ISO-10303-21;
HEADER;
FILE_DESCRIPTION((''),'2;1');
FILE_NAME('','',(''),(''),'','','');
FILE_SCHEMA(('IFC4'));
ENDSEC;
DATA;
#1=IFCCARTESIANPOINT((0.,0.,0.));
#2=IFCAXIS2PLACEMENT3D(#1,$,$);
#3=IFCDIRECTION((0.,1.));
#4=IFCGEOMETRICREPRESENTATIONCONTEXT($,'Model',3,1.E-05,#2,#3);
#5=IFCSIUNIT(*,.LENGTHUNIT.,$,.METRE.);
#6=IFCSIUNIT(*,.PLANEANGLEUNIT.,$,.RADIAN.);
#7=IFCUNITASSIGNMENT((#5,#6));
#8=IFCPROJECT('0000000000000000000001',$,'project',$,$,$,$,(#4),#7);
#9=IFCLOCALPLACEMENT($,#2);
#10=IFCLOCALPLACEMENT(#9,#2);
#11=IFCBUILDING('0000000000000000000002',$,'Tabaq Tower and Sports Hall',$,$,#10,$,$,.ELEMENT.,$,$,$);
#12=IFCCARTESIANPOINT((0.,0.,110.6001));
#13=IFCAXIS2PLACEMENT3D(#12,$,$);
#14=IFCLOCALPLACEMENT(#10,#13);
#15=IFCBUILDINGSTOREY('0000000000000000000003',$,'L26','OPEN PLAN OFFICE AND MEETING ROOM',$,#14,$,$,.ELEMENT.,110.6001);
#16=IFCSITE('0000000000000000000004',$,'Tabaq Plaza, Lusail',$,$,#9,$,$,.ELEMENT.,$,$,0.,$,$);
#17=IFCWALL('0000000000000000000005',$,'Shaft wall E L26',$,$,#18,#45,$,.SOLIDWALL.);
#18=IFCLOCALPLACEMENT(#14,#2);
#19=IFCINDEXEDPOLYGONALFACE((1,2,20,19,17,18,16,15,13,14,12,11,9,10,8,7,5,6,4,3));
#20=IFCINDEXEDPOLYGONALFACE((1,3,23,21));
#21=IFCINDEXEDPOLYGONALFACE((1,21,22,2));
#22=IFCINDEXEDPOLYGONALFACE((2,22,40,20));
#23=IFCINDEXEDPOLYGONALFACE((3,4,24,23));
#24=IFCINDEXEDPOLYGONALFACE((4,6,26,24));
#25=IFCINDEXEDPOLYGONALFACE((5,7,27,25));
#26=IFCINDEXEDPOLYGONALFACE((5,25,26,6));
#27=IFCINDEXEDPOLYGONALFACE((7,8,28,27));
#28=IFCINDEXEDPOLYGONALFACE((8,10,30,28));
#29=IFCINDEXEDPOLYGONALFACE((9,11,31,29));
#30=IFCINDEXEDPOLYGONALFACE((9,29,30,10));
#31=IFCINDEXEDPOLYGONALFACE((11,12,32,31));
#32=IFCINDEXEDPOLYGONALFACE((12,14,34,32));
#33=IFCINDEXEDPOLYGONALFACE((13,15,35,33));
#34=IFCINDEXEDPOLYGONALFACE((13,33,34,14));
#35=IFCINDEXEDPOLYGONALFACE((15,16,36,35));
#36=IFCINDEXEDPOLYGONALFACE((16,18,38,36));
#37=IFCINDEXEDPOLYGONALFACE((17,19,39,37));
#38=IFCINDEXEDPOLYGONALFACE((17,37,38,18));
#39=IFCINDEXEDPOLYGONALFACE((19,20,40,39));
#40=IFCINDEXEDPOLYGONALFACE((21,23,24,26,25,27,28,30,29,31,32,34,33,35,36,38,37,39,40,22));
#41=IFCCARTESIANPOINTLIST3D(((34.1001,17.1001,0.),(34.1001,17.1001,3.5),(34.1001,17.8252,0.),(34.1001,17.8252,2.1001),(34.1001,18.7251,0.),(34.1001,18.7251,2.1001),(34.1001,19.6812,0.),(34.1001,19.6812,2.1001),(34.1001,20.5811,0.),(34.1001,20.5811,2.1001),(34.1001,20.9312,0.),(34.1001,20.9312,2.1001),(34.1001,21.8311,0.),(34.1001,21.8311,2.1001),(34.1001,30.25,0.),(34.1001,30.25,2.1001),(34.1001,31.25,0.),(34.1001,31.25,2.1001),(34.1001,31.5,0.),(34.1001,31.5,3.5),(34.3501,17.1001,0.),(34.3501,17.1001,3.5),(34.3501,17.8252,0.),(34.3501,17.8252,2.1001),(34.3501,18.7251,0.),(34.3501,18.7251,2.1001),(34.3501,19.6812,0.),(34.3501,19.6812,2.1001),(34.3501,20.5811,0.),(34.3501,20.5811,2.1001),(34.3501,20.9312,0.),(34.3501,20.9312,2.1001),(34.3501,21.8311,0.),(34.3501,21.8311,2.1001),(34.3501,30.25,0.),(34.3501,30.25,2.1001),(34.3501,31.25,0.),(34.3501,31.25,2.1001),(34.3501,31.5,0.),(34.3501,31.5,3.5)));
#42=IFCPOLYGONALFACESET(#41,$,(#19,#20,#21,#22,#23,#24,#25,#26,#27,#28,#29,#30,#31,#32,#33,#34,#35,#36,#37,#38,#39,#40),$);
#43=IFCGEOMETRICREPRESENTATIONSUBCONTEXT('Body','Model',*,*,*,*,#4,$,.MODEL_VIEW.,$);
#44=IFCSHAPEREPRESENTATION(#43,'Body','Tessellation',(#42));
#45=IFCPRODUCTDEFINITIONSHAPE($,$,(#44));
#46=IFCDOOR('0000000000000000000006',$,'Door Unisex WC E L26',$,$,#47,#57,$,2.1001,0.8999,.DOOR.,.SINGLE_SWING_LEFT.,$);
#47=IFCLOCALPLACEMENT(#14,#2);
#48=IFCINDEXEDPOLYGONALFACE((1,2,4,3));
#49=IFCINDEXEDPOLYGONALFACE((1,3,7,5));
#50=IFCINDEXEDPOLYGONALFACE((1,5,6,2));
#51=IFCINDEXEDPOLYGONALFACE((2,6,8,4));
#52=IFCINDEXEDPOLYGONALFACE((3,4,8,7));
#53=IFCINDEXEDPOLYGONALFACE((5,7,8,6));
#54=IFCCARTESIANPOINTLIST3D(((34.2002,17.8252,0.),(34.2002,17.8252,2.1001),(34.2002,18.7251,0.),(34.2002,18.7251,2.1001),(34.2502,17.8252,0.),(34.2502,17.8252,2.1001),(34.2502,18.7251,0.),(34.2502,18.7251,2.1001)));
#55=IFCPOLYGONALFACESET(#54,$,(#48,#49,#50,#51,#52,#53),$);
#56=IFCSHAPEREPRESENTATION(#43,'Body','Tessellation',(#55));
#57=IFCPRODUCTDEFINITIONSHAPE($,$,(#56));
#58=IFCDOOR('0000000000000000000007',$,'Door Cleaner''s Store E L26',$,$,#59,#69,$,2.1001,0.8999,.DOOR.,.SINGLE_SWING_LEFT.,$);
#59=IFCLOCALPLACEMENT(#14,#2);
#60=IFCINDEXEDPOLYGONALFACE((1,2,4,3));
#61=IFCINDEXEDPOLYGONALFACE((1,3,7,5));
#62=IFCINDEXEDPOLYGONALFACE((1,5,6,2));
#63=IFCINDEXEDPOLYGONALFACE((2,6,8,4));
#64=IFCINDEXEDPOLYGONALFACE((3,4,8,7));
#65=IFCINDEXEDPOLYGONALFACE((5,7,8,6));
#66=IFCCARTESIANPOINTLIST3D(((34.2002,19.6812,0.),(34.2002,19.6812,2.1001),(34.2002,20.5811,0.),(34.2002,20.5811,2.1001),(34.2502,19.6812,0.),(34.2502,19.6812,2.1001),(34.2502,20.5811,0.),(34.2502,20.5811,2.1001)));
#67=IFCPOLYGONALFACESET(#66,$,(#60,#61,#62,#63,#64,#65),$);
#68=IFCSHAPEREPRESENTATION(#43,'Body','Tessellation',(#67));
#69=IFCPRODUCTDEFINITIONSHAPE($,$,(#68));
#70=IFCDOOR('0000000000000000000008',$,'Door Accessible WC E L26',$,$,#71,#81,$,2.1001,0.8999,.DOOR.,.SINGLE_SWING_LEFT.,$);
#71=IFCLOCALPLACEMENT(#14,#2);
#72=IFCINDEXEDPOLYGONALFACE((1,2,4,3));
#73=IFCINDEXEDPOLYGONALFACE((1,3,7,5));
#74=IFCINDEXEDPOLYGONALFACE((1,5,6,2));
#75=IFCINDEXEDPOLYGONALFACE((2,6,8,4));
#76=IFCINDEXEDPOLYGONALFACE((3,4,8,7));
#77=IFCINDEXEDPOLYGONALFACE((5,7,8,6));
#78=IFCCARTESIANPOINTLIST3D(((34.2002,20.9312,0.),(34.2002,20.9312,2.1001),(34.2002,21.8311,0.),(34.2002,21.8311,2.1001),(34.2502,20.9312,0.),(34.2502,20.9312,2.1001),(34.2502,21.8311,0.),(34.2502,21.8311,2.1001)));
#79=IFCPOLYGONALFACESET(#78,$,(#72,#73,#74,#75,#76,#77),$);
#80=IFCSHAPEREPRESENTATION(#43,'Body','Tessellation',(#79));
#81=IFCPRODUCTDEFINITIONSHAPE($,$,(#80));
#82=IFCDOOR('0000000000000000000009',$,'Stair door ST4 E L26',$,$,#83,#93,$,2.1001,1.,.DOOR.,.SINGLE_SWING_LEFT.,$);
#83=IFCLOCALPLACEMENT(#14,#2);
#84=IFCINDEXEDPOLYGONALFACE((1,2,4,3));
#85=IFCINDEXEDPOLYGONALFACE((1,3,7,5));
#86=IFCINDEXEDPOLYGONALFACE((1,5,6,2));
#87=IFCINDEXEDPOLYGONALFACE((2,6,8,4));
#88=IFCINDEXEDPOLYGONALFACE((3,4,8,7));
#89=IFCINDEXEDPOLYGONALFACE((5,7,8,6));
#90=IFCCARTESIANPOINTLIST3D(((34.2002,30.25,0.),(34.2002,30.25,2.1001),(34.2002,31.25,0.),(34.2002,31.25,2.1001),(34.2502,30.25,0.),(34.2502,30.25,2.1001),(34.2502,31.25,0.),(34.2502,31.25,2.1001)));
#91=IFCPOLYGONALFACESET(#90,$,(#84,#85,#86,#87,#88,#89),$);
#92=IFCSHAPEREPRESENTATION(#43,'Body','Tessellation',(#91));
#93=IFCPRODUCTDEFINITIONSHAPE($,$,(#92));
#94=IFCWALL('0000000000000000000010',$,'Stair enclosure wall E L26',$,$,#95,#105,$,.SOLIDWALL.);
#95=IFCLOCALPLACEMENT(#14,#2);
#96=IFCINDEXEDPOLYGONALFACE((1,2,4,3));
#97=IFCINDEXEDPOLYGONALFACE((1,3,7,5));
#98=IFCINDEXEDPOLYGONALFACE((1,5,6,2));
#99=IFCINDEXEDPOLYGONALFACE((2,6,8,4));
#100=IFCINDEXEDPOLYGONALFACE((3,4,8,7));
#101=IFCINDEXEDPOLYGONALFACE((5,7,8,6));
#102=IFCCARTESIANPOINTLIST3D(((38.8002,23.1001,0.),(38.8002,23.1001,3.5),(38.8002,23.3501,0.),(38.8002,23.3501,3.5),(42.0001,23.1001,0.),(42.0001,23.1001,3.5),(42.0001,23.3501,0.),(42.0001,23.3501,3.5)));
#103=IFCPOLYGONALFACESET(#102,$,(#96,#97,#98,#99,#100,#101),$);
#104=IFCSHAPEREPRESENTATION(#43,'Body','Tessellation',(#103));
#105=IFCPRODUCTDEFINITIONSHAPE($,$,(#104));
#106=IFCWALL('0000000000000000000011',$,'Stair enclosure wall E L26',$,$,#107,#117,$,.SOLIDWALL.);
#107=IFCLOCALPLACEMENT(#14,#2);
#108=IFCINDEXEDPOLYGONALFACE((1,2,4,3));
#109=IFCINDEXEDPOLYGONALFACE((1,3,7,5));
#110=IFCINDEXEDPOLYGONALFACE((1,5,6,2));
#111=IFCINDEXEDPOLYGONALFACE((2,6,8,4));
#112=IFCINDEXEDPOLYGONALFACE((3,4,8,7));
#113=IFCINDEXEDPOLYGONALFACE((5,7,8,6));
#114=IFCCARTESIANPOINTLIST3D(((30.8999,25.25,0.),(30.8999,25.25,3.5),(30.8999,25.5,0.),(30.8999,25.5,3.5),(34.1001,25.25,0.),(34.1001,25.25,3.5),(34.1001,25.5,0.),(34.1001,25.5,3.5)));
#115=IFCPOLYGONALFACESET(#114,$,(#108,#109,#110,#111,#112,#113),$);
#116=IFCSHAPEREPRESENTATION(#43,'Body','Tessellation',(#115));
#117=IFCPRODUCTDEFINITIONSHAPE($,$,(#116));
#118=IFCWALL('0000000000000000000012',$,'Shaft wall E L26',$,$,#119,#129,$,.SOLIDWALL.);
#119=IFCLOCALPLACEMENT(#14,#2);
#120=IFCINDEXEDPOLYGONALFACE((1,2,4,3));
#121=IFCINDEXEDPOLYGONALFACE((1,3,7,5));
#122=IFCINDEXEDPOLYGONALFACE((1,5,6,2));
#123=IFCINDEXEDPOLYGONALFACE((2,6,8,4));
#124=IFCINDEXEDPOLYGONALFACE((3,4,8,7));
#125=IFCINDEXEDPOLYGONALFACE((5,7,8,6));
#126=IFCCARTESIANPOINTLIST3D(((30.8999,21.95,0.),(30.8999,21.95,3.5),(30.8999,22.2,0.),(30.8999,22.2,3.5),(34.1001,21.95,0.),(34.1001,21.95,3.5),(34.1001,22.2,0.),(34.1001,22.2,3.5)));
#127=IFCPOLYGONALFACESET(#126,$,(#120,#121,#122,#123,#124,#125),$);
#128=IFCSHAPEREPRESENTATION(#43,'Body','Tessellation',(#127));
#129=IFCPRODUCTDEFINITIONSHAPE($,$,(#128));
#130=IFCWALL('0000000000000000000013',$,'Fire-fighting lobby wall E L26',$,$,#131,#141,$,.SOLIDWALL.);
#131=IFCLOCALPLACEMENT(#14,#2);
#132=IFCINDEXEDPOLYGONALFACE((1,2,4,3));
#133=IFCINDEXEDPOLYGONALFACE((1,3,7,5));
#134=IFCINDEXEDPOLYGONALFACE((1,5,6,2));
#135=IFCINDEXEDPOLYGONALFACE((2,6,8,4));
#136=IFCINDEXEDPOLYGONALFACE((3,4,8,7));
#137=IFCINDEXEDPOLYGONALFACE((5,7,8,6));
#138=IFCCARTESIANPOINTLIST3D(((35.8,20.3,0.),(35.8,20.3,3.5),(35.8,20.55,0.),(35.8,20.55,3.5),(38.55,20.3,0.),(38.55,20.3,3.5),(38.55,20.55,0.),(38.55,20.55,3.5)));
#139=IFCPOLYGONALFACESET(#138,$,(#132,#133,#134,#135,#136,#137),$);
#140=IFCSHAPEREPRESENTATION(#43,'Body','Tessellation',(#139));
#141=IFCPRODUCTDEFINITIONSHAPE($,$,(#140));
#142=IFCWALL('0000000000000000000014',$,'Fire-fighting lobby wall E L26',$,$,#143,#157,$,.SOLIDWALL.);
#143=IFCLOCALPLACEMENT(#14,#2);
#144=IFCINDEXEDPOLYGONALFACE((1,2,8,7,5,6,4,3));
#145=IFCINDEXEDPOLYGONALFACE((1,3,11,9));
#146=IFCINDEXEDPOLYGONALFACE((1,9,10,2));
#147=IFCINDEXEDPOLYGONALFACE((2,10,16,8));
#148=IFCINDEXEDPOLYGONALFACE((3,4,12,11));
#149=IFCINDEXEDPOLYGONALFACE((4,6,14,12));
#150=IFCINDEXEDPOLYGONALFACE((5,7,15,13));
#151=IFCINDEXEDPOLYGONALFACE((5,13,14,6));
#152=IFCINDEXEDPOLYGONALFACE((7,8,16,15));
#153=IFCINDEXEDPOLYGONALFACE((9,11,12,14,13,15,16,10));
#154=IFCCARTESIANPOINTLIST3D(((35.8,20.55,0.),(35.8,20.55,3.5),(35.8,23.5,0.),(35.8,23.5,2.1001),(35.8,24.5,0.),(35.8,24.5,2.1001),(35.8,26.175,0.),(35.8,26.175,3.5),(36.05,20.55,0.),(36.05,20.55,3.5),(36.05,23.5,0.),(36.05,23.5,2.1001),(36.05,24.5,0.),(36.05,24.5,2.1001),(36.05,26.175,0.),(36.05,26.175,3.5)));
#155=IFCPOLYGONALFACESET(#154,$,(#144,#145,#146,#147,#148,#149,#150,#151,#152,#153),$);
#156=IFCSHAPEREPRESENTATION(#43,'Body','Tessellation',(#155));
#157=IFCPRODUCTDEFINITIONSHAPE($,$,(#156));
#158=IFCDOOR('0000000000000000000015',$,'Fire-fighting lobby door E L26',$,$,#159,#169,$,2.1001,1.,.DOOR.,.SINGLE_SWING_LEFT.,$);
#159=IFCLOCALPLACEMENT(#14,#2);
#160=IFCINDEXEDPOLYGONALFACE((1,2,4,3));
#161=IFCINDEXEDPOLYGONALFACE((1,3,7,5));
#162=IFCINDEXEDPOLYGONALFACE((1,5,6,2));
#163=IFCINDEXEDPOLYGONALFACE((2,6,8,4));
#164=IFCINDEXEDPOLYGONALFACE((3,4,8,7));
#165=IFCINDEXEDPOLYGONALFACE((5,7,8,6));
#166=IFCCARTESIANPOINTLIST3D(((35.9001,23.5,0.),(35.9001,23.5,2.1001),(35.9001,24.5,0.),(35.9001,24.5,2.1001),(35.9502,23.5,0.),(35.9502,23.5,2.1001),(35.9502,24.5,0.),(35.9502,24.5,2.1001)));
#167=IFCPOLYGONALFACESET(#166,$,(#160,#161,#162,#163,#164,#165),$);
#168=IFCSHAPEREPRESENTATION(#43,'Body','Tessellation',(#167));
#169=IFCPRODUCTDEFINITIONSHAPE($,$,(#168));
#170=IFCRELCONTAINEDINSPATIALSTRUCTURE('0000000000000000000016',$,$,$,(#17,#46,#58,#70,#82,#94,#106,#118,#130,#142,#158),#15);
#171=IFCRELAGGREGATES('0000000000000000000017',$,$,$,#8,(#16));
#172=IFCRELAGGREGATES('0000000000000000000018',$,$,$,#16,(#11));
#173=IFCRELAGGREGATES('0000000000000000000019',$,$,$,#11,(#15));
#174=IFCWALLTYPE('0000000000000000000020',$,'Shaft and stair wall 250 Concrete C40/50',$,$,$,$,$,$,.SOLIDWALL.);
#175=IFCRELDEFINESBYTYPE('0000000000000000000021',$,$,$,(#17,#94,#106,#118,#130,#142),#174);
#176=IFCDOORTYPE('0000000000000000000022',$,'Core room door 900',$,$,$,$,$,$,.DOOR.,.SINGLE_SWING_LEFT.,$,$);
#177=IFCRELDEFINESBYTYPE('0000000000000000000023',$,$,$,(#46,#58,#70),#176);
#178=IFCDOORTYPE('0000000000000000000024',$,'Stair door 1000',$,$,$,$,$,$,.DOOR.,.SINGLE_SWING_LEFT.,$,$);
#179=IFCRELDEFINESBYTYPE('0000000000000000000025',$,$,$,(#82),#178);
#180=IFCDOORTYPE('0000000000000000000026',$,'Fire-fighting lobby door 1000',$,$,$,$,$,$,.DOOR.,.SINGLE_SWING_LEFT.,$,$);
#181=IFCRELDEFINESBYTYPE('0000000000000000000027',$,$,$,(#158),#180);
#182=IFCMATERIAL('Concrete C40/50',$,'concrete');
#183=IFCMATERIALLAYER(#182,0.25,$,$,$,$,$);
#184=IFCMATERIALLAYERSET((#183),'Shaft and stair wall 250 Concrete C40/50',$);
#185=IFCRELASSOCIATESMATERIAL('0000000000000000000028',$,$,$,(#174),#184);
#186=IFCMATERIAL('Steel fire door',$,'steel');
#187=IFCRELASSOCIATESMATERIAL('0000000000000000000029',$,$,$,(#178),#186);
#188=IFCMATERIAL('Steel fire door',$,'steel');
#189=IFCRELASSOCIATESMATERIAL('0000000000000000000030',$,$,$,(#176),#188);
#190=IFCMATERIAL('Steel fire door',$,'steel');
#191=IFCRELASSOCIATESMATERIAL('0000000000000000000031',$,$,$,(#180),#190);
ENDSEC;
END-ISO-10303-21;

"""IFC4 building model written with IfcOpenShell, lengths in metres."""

from ifc_helpers import new_model, si_unit, direction, frame, frame_2d, origin, place, context, subcontext, project, spatial, rectangle, extrude, material, layer, layer_set, type_object, element, fill, save


model = new_model("IFC4")

# Units and contexts
model_context = context("Model", 3, precision=1e-05, world=origin(), true_north=direction((0.0, 1.0)))
body_context = subcontext(model_context, "Body", "Model", "MODEL_VIEW")
ifc_project = project(units=[si_unit("LENGTHUNIT", "METRE"), si_unit("PLANEANGLEUNIT", "RADIAN")], contexts=[model_context])

# Site, building, storey
site_placement = place(None, origin())
site = spatial("IfcSite", under=ifc_project, at=site_placement, Name="Tabaq Plaza, Lusail", CompositionType="ELEMENT", RefElevation=0.0)
building_placement = place(site_placement, origin())
building = spatial("IfcBuilding", under=site, at=building_placement, Name="Tabaq Tower and Sports Hall", CompositionType="ELEMENT")
storey_placement = place(building_placement, frame((0.0, 0.0, 110.6001)))
storey = spatial("IfcBuildingStorey", under=building, at=storey_placement, Name="L26", Description="OPEN PLAN OFFICE AND MEETING ROOM", CompositionType="ELEMENT", Elevation=110.6001)

# Wall, openings, doors
ifc_material_1 = material(Name="Concrete C40/50", Category="concrete")
ifc_layer_1 = layer(ifc_material_1, 0.25)
ifc_layer_set_1 = layer_set([ifc_layer_1], Name="Shaft and stair wall 250 Concrete C40/50")
wall_type_1 = type_object("IfcWallType", Name="Shaft and stair wall 250 Concrete C40/50", PredefinedType="SOLIDWALL", material=ifc_layer_set_1)
ifc_material_2 = material(Name="Steel fire door", Category="steel")
door_type_1 = type_object("IfcDoorType", Name="Stair door 1000", OperationType="SINGLE_SWING_LEFT", PredefinedType="DOOR", material=ifc_material_2)
wall_1_placement = place(storey_placement, frame((34.2251, 17.1001, 0.0), z_axis=(0.0, 0.0, 1.0), x_axis=(0.0, 1.0, 0.0)))
wall_1 = element("IfcWall", 1, at=wall_1_placement, inside=storey, type_object=wall_type_1, Name="Shaft wall E L26", PredefinedType="SOLIDWALL", context=body_context, shape_type="SweptSolid", body=[
    extrude(rectangle(XDim=14.3999, YDim=0.25, at=frame_2d((7.2, 0.0))), origin(), (0.0, 0.0, 1.0), 3.5),
])
opening_1_placement = place(wall_1_placement, frame((13.1499, 0.0, 0.0)))
opening_1 = element("IfcOpeningElement", 2, at=opening_1_placement, cuts=wall_1, PredefinedType="OPENING", context=body_context, shape_type="SweptSolid", body=[
    extrude(rectangle(XDim=1.0, YDim=2.1001, at=frame_2d((0.5, 1.05))), frame((0.0, 0.125, 0.0), z_axis=(0.0, -1.0, 0.0), x_axis=(1.0, 0.0, 0.0)), (0.0, 0.0, 1.0), 0.25),
])
opening_2_placement = place(wall_1_placement, frame((0.7251, 0.0, 0.0)))
opening_2 = element("IfcOpeningElement", 3, at=opening_2_placement, cuts=wall_1, PredefinedType="OPENING", context=body_context, shape_type="SweptSolid", body=[
    extrude(rectangle(XDim=0.8999, YDim=2.1001, at=frame_2d((0.45, 1.05))), frame((0.0, 0.125, 0.0), z_axis=(0.0, -1.0, 0.0), x_axis=(1.0, 0.0, 0.0)), (0.0, 0.0, 1.0), 0.25),
])
opening_3_placement = place(wall_1_placement, frame((2.5811, 0.0, 0.0)))
opening_3 = element("IfcOpeningElement", 4, at=opening_3_placement, cuts=wall_1, PredefinedType="OPENING", context=body_context, shape_type="SweptSolid", body=[
    extrude(rectangle(XDim=0.8999, YDim=2.1001, at=frame_2d((0.45, 1.05))), frame((0.0, 0.125, 0.0), z_axis=(0.0, -1.0, 0.0), x_axis=(1.0, 0.0, 0.0)), (0.0, 0.0, 1.0), 0.25),
])
opening_4_placement = place(wall_1_placement, frame((3.8311, 0.0, 0.0)))
opening_4 = element("IfcOpeningElement", 5, at=opening_4_placement, cuts=wall_1, PredefinedType="OPENING", context=body_context, shape_type="SweptSolid", body=[
    extrude(rectangle(XDim=0.8999, YDim=2.1001, at=frame_2d((0.45, 1.05))), frame((0.0, 0.125, 0.0), z_axis=(0.0, -1.0, 0.0), x_axis=(1.0, 0.0, 0.0)), (0.0, 0.0, 1.0), 0.25),
])
ifc_material_3 = material(Name="Steel fire door", Category="steel")
door_type_2 = type_object("IfcDoorType", Name="Core room door 900", OperationType="SINGLE_SWING_LEFT", PredefinedType="DOOR", material=ifc_material_3)
door_1_placement = place(opening_2_placement, origin())
door_1 = element("IfcDoor", 6, at=door_1_placement, inside=storey, type_object=door_type_2, Name="Door Unisex WC E L26", OperationType="SINGLE_SWING_LEFT", OverallHeight=2.1001, OverallWidth=0.8999, PredefinedType="DOOR", context=body_context, shape_type="SweptSolid", body=[
    extrude(rectangle(XDim=0.8999, YDim=2.1001, at=frame_2d((0.45, 1.05))), frame((0.0, 0.0249, 0.0), z_axis=(0.0, -1.0, 0.0), x_axis=(1.0, 0.0, 0.0)), (0.0, 0.0, 1.0), 0.05),
])
fill(opening_2, door_1)
door_2_placement = place(opening_3_placement, origin())
door_2 = element("IfcDoor", 7, at=door_2_placement, inside=storey, type_object=door_type_2, Name="Door Cleaner's Store E L26", OperationType="SINGLE_SWING_LEFT", OverallHeight=2.1001, OverallWidth=0.8999, PredefinedType="DOOR", context=body_context, shape_type="SweptSolid", body=[
    extrude(rectangle(XDim=0.8999, YDim=2.1001, at=frame_2d((0.45, 1.05))), frame((0.0, 0.0249, 0.0), z_axis=(0.0, -1.0, 0.0), x_axis=(1.0, 0.0, 0.0)), (0.0, 0.0, 1.0), 0.05),
])
fill(opening_3, door_2)
door_3_placement = place(opening_4_placement, origin())
door_3 = element("IfcDoor", 8, at=door_3_placement, inside=storey, type_object=door_type_2, Name="Door Accessible WC E L26", OperationType="SINGLE_SWING_LEFT", OverallHeight=2.1001, OverallWidth=0.8999, PredefinedType="DOOR", context=body_context, shape_type="SweptSolid", body=[
    extrude(rectangle(XDim=0.8999, YDim=2.1001, at=frame_2d((0.45, 1.05))), frame((0.0, 0.0249, 0.0), z_axis=(0.0, -1.0, 0.0), x_axis=(1.0, 0.0, 0.0)), (0.0, 0.0, 1.0), 0.05),
])
fill(opening_4, door_3)
door_4_placement = place(opening_1_placement, origin())
door_4 = element("IfcDoor", 9, at=door_4_placement, inside=storey, type_object=door_type_1, Name="Stair door ST4 E L26", OperationType="SINGLE_SWING_LEFT", OverallHeight=2.1001, OverallWidth=1.0, PredefinedType="DOOR", context=body_context, shape_type="SweptSolid", body=[
    extrude(rectangle(XDim=1.0, YDim=2.1001, at=frame_2d((0.5, 1.05))), frame((0.0, 0.0249, 0.0), z_axis=(0.0, -1.0, 0.0), x_axis=(1.0, 0.0, 0.0)), (0.0, 0.0, 1.0), 0.05),
])
fill(opening_1, door_4)

# Walls
wall_2_placement = place(storey_placement, frame((38.8, 23.2251, 0.0), z_axis=(0.0, 0.0, 1.0), x_axis=(1.0, 0.0, 0.0)))
element("IfcWall", 10, at=wall_2_placement, inside=storey, type_object=wall_type_1, Name="Stair enclosure wall E L26", PredefinedType="SOLIDWALL", context=body_context, shape_type="SweptSolid", body=[
    extrude(rectangle(XDim=3.2, YDim=0.25, at=frame_2d((1.6001, 0.0))), origin(), (0.0, 0.0, 1.0), 3.5),
])
for number, where, z_axis, x_axis, name in (
    (11, (30.8999, 25.375, 0.0), (0.0, 0.0, 1.0), (1.0, 0.0, 0.0), "Stair enclosure wall E L26"),
    (12, (30.8999, 22.075, 0.0), (0.0, 0.0, 1.0), (1.0, 0.0, 0.0), "Shaft wall E L26"),
):
    element("IfcWall", number, at=place(storey_placement, frame(where, z_axis=z_axis, x_axis=x_axis)), inside=storey, type_object=wall_type_1, Name=name, PredefinedType="SOLIDWALL", context=body_context, shape_type="SweptSolid", body=[
        extrude(rectangle(XDim=3.2002, YDim=0.25, at=frame_2d((1.6001, 0.0))), origin(), (0.0, 0.0, 1.0), 3.5),
    ])
wall_3_placement = place(storey_placement, frame((35.8, 20.425, 0.0), z_axis=(0.0, 0.0, 1.0), x_axis=(1.0, 0.0, 0.0)))
element("IfcWall", 13, at=wall_3_placement, inside=storey, type_object=wall_type_1, Name="Fire-fighting lobby wall E L26", PredefinedType="SOLIDWALL", context=body_context, shape_type="SweptSolid", body=[
    extrude(rectangle(XDim=2.75, YDim=0.25, at=frame_2d((1.375, 0.0))), origin(), (0.0, 0.0, 1.0), 3.5),
])

# Wall, opening, door
wall_4_placement = place(storey_placement, frame((35.925, 20.55, 0.0), z_axis=(0.0, 0.0, 1.0), x_axis=(0.0, 1.0, 0.0)))
wall_4 = element("IfcWall", 14, at=wall_4_placement, inside=storey, type_object=wall_type_1, Name="Fire-fighting lobby wall E L26", PredefinedType="SOLIDWALL", context=body_context, shape_type="SweptSolid", body=[
    extrude(rectangle(XDim=5.625, YDim=0.25, at=frame_2d((2.8125, 0.0))), origin(), (0.0, 0.0, 1.0), 3.5),
])
opening_5_placement = place(wall_4_placement, frame((2.95, 0.0, 0.0)))
opening_5 = element("IfcOpeningElement", 15, at=opening_5_placement, cuts=wall_4, PredefinedType="OPENING", context=body_context, shape_type="SweptSolid", body=[
    extrude(rectangle(XDim=1.0, YDim=2.1001, at=frame_2d((0.5, 1.05))), frame((0.0, 0.125, 0.0), z_axis=(0.0, -1.0, 0.0), x_axis=(1.0, 0.0, 0.0)), (0.0, 0.0, 1.0), 0.25),
])
ifc_material_4 = material(Name="Steel fire door", Category="steel")
door_type_3 = type_object("IfcDoorType", Name="Fire-fighting lobby door 1000", OperationType="SINGLE_SWING_LEFT", PredefinedType="DOOR", material=ifc_material_4)
door_5_placement = place(opening_5_placement, origin())
door_5 = element("IfcDoor", 16, at=door_5_placement, inside=storey, type_object=door_type_3, Name="Fire-fighting lobby door E L26", OperationType="SINGLE_SWING_LEFT", OverallHeight=2.1001, OverallWidth=1.0, PredefinedType="DOOR", context=body_context, shape_type="SweptSolid", body=[
    extrude(rectangle(XDim=1.0, YDim=2.1001, at=frame_2d((0.5, 1.05))), frame((0.0, 0.0249, 0.0), z_axis=(0.0, -1.0, 0.0), x_axis=(1.0, 0.0, 0.0)), (0.0, 0.0, 1.0), 0.05),
])
fill(opening_5, door_5)

save(model, "model.ifc")
